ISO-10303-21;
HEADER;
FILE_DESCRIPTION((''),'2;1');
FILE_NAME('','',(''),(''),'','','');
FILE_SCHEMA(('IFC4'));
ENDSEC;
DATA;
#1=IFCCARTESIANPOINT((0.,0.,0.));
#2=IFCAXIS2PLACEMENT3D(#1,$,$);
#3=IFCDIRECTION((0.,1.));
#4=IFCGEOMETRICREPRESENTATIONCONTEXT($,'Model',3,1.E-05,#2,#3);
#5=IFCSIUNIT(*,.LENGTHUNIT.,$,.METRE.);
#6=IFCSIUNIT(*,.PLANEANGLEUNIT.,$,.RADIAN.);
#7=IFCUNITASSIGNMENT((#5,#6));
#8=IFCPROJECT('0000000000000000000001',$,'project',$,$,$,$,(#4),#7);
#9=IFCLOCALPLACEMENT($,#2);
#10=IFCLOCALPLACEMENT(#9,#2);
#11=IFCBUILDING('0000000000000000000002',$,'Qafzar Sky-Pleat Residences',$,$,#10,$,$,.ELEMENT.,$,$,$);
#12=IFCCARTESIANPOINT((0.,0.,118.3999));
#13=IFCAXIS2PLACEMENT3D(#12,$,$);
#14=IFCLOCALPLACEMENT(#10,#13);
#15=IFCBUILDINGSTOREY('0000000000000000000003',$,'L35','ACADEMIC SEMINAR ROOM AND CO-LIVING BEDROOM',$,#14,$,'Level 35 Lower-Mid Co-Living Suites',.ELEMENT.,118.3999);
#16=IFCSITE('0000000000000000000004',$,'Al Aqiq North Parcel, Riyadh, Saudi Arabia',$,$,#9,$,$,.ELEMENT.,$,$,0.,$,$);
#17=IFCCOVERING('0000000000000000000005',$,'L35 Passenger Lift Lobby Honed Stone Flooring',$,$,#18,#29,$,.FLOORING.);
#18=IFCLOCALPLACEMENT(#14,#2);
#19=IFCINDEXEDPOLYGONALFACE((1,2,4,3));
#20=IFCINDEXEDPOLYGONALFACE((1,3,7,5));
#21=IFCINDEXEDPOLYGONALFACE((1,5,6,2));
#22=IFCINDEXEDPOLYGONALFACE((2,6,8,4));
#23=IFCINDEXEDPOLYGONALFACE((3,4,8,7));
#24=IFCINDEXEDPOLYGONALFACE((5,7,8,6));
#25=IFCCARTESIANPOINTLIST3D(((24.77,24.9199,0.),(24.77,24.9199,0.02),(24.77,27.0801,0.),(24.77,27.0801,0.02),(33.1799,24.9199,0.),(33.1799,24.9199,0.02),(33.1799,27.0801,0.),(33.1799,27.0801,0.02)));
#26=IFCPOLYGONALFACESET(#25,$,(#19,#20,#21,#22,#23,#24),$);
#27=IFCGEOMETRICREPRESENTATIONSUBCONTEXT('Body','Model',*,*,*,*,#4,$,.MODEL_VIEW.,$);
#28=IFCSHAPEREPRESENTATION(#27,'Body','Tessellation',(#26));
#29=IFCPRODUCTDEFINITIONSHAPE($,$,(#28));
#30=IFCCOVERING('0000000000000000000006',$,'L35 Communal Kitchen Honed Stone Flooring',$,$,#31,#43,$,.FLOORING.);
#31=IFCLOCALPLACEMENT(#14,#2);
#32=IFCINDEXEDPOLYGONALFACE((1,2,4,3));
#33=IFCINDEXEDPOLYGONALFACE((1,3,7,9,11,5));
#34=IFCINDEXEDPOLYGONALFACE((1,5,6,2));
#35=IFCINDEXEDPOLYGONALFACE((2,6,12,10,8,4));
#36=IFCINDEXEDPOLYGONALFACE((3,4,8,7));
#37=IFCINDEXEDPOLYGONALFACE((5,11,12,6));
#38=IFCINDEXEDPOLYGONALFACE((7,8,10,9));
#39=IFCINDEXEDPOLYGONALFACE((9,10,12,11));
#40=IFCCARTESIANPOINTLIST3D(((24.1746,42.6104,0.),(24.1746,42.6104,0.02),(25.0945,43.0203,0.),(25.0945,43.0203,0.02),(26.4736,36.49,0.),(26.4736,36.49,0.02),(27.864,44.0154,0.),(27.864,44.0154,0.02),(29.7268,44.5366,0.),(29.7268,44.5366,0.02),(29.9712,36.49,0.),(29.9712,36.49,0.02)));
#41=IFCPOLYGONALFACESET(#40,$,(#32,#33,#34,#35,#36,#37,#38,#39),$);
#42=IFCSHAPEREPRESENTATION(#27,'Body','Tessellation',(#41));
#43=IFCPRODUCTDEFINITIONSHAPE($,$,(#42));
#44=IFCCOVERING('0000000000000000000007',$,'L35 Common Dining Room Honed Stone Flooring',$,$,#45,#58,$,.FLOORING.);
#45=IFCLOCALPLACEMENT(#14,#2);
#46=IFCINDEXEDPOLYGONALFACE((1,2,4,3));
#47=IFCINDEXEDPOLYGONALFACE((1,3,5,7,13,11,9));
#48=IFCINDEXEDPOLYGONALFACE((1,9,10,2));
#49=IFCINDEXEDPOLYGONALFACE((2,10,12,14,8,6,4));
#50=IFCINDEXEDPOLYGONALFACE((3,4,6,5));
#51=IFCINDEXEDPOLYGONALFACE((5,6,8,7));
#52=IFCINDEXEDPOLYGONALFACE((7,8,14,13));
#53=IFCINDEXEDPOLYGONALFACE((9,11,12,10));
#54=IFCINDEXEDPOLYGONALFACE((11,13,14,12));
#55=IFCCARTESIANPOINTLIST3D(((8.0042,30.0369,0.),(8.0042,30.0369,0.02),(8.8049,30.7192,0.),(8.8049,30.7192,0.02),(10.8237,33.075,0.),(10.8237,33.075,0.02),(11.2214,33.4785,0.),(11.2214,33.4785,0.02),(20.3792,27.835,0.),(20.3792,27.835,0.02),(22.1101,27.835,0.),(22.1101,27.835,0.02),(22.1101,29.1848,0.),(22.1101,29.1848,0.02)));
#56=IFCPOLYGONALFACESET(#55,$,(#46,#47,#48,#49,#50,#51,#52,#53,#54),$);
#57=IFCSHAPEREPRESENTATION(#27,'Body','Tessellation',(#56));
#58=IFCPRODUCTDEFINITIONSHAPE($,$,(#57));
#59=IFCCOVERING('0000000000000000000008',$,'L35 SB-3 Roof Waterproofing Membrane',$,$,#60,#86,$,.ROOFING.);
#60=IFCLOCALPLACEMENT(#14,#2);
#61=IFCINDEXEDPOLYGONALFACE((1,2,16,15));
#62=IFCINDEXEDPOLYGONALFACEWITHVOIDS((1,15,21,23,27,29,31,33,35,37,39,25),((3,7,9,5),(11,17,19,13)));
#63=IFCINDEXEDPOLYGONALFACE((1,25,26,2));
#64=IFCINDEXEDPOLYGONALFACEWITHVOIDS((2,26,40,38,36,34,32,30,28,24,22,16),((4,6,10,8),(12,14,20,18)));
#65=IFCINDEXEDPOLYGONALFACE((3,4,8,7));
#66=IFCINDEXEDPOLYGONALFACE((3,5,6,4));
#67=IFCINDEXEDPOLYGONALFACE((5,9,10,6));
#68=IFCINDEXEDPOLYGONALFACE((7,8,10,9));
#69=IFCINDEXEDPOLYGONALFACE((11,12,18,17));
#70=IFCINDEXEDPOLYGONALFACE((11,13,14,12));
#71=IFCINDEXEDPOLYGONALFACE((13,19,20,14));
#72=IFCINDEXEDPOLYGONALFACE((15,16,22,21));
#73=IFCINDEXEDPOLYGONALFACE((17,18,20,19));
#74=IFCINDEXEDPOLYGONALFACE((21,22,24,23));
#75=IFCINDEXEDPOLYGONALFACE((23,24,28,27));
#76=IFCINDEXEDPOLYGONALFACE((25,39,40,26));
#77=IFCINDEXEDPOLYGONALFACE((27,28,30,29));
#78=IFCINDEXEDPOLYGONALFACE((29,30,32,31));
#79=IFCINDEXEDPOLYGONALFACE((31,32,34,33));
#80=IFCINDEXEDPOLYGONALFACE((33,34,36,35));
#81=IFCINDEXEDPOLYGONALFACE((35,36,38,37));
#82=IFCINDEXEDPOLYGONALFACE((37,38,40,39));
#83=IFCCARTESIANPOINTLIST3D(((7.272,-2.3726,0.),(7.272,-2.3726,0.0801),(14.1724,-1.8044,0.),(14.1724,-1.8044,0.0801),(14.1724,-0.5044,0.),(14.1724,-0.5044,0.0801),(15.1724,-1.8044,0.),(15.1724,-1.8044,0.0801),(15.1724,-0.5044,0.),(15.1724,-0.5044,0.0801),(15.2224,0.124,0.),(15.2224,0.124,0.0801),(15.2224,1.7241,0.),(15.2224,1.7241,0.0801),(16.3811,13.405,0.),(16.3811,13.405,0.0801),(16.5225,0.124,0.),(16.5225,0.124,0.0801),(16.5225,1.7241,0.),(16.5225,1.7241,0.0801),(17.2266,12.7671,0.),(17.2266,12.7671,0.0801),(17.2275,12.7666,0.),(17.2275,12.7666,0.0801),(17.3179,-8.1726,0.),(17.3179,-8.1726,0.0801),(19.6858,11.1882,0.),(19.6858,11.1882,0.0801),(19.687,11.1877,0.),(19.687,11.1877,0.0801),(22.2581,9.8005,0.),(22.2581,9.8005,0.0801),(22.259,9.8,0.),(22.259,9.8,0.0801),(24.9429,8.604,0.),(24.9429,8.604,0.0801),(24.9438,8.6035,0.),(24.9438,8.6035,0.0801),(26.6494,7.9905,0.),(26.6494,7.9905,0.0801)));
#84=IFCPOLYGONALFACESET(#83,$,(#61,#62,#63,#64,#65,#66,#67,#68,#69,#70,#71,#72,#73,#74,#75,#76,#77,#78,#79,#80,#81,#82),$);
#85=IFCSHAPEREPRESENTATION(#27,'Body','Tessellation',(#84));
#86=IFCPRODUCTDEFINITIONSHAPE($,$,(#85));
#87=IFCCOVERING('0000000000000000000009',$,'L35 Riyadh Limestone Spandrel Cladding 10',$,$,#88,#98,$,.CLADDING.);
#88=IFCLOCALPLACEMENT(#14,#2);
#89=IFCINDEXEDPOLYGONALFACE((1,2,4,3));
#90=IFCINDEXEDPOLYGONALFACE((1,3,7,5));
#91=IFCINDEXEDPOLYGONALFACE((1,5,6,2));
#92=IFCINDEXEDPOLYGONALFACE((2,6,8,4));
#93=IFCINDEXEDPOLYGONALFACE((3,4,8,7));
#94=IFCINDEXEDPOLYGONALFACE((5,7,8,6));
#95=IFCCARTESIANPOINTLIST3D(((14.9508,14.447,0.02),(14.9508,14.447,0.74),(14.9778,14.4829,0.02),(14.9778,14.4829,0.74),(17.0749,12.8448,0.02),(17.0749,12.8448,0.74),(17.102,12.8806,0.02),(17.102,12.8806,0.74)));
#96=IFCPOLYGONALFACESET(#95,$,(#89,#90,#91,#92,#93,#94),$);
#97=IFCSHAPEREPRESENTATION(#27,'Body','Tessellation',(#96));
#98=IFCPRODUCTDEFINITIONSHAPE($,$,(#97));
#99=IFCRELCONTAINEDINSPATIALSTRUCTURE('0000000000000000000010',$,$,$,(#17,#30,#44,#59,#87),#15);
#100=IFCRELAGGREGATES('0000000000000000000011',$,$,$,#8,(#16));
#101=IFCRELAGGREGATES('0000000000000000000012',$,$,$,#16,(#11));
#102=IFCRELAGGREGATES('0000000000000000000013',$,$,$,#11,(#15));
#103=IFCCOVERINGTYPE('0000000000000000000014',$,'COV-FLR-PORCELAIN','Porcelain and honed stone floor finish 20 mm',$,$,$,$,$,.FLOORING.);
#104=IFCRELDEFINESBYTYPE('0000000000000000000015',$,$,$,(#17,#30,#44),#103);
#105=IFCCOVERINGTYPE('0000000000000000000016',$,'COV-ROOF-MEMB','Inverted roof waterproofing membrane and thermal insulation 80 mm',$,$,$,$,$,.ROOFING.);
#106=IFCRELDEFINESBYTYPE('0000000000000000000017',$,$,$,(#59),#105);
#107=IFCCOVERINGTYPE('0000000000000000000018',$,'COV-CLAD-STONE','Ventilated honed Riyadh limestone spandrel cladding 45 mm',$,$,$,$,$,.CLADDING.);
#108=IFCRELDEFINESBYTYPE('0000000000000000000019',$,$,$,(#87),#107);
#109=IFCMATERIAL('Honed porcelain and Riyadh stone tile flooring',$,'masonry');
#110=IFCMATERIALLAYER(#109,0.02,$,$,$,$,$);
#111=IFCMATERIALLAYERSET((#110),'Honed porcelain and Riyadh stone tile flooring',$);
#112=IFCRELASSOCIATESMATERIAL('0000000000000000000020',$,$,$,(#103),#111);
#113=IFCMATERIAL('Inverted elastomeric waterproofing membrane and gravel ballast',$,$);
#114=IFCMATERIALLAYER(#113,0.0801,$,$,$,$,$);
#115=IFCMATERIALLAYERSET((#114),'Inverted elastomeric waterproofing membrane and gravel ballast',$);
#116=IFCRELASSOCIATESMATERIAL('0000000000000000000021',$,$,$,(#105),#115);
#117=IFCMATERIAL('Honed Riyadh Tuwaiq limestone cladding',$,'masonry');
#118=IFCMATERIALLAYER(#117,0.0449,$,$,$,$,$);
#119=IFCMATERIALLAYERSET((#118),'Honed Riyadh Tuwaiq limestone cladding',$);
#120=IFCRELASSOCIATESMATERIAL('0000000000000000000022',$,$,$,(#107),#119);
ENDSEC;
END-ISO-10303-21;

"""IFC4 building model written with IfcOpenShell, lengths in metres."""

from ifc_helpers import new_model, si_unit, direction, frame, origin, origin_2d, place, context, subcontext, project, spatial, polyline, rectangle, outline, extrude, source, transform, mapped, material, layer, layer_set, type_object, element, save


model = new_model("IFC4")

# Units and contexts
model_context = context("Model", 3, precision=1e-05, world=origin(), true_north=direction((0.0, 1.0)))
body_context = subcontext(model_context, "Body", "Model", "MODEL_VIEW")
ifc_project = project(units=[si_unit("LENGTHUNIT", "METRE"), si_unit("PLANEANGLEUNIT", "RADIAN")], contexts=[model_context])

# Site, building, storey
site_placement = place(None, origin())
site = spatial("IfcSite", under=ifc_project, at=site_placement, Name="Al Aqiq North Parcel, Riyadh, Saudi Arabia", CompositionType="ELEMENT", RefElevation=0.0)
building_placement = place(site_placement, origin())
building = spatial("IfcBuilding", under=site, at=building_placement, Name="Qafzar Sky-Pleat Residences", CompositionType="ELEMENT")
storey_placement = place(building_placement, frame((0.0, 0.0, 118.3999)))
storey = spatial("IfcBuildingStorey", under=building, at=storey_placement, Name="L35", Description="ACADEMIC SEMINAR ROOM AND CO-LIVING BEDROOM", LongName="Level 35 Lower-Mid Co-Living Suites", CompositionType="ELEMENT", Elevation=118.3999)

# Coverings
ifc_material_1 = material(Name="Honed porcelain and Riyadh stone tile flooring", Category="masonry")
ifc_layer_1 = layer(ifc_material_1, 0.02)
ifc_layer_set_1 = layer_set([ifc_layer_1], Name="Honed porcelain and Riyadh stone tile flooring")
covering_type_1 = type_object("IfcCoveringType", Name="COV-FLR-PORCELAIN", Description="Porcelain and honed stone floor finish 20 mm", PredefinedType="FLOORING", material=ifc_layer_set_1)
covering_1_placement = place(storey_placement, origin())
element("IfcCovering", 1, at=covering_1_placement, inside=storey, type_object=covering_type_1, Name="L35 Passenger Lift Lobby Honed Stone Flooring", PredefinedType="FLOORING", context=body_context, shape_type="SweptSolid", body=[
    extrude(outline(polyline([(33.1799, 24.9199), (24.77, 24.9199), (24.77, 27.0801), (33.1799, 27.0801), (33.1799, 24.9199)])), origin(), (0.0, 0.0, 1.0), 0.02),
])
covering_2_placement = place(storey_placement, origin())
element("IfcCovering", 2, at=covering_2_placement, inside=storey, type_object=covering_type_1, Name="L35 Communal Kitchen Honed Stone Flooring", PredefinedType="FLOORING", context=body_context, shape_type="SweptSolid", body=[
    extrude(outline(polyline([(27.864, 44.0154), (29.7268, 44.5366), (29.9712, 36.49), (26.4736, 36.49), (24.1746, 42.6104), (25.0945, 43.0203), (27.864, 44.0154)])), origin(), (0.0, 0.0, 1.0), 0.02),
])
covering_3_placement = place(storey_placement, origin())
element("IfcCovering", 3, at=covering_3_placement, inside=storey, type_object=covering_type_1, Name="L35 Common Dining Room Honed Stone Flooring", PredefinedType="FLOORING", context=body_context, shape_type="SweptSolid", body=[
    extrude(outline(polyline([(22.1101, 27.835), (20.3792, 27.835), (8.0042, 30.0369), (8.8049, 30.7192), (10.8237, 33.075), (11.2214, 33.4785), (22.1101, 29.1848), (22.1101, 27.835)])), origin(), (0.0, 0.0, 1.0), 0.02),
])
ifc_material_2 = material(Name="Inverted elastomeric waterproofing membrane and gravel ballast")
ifc_layer_2 = layer(ifc_material_2, 0.0801)
ifc_layer_set_2 = layer_set([ifc_layer_2], Name="Inverted elastomeric waterproofing membrane and gravel ballast")
covering_type_2 = type_object("IfcCoveringType", Name="COV-ROOF-MEMB", Description="Inverted roof waterproofing membrane and thermal insulation 80 mm", PredefinedType="ROOFING", material=ifc_layer_set_2)
covering_4_placement = place(storey_placement, origin())
element("IfcCovering", 4, at=covering_4_placement, inside=storey, type_object=covering_type_2, Name="L35 SB-3 Roof Waterproofing Membrane", PredefinedType="ROOFING", context=body_context, shape_type="SweptSolid", body=[
    extrude(outline(polyline([(17.3179, -8.1726), (7.272, -2.3726), (16.3811, 13.405), (17.2266, 12.7671), (17.2275, 12.7666), (19.6858, 11.1882), (19.687, 11.1877), (22.2581, 9.8005), (22.259, 9.8), (24.9429, 8.604), (24.9438, 8.6035), (26.6494, 7.9905), (17.3179, -8.1726)]), holes=[polyline([(15.2224, 0.124), (16.5225, 0.124), (16.5225, 1.7241), (15.2224, 1.7241), (15.2224, 0.124)]), polyline([(14.1724, -1.8044), (15.1724, -1.8044), (15.1724, -0.5044), (14.1724, -0.5044), (14.1724, -1.8044)])]), origin(), (0.0, 0.0, 1.0), 0.0801),
])
ifc_material_3 = material(Name="Honed Riyadh Tuwaiq limestone cladding", Category="masonry")
ifc_layer_3 = layer(ifc_material_3, 0.0449)
ifc_layer_set_3 = layer_set([ifc_layer_3], Name="Honed Riyadh Tuwaiq limestone cladding")
covering_type_3 = type_object("IfcCoveringType", Name="COV-CLAD-STONE", Description="Ventilated honed Riyadh limestone spandrel cladding 45 mm", PredefinedType="CLADDING", material=ifc_layer_set_3)
shared_shape = source(origin(), body_context, "Body", "SweptSolid", [
    extrude(rectangle(XDim=2.6606, YDim=0.0449, at=origin_2d()), origin(), (0.0, 0.0, 1.0), 0.72),
])
covering_5_placement = place(storey_placement, frame((16.0264, 13.6638, 0.02), z_axis=(0.0, 0.0, 1.0), x_axis=(0.798349, -0.602195, 0.0)))
element("IfcCovering", 5, at=covering_5_placement, inside=storey, type_object=covering_type_3, Name="L35 Riyadh Limestone Spandrel Cladding 10", PredefinedType="CLADDING", context=body_context, shape_type="MappedRepresentation", body=[
    mapped(shared_shape, transform((0.0, 0.0, 0.0), x_axis=(1.0, 0.0, 0.0), y_axis=(0.0, 1.0, 0.0), z_axis=(0.0, 0.0, 1.0), scale=1.0)),
])

save(model, "model.ifc")
